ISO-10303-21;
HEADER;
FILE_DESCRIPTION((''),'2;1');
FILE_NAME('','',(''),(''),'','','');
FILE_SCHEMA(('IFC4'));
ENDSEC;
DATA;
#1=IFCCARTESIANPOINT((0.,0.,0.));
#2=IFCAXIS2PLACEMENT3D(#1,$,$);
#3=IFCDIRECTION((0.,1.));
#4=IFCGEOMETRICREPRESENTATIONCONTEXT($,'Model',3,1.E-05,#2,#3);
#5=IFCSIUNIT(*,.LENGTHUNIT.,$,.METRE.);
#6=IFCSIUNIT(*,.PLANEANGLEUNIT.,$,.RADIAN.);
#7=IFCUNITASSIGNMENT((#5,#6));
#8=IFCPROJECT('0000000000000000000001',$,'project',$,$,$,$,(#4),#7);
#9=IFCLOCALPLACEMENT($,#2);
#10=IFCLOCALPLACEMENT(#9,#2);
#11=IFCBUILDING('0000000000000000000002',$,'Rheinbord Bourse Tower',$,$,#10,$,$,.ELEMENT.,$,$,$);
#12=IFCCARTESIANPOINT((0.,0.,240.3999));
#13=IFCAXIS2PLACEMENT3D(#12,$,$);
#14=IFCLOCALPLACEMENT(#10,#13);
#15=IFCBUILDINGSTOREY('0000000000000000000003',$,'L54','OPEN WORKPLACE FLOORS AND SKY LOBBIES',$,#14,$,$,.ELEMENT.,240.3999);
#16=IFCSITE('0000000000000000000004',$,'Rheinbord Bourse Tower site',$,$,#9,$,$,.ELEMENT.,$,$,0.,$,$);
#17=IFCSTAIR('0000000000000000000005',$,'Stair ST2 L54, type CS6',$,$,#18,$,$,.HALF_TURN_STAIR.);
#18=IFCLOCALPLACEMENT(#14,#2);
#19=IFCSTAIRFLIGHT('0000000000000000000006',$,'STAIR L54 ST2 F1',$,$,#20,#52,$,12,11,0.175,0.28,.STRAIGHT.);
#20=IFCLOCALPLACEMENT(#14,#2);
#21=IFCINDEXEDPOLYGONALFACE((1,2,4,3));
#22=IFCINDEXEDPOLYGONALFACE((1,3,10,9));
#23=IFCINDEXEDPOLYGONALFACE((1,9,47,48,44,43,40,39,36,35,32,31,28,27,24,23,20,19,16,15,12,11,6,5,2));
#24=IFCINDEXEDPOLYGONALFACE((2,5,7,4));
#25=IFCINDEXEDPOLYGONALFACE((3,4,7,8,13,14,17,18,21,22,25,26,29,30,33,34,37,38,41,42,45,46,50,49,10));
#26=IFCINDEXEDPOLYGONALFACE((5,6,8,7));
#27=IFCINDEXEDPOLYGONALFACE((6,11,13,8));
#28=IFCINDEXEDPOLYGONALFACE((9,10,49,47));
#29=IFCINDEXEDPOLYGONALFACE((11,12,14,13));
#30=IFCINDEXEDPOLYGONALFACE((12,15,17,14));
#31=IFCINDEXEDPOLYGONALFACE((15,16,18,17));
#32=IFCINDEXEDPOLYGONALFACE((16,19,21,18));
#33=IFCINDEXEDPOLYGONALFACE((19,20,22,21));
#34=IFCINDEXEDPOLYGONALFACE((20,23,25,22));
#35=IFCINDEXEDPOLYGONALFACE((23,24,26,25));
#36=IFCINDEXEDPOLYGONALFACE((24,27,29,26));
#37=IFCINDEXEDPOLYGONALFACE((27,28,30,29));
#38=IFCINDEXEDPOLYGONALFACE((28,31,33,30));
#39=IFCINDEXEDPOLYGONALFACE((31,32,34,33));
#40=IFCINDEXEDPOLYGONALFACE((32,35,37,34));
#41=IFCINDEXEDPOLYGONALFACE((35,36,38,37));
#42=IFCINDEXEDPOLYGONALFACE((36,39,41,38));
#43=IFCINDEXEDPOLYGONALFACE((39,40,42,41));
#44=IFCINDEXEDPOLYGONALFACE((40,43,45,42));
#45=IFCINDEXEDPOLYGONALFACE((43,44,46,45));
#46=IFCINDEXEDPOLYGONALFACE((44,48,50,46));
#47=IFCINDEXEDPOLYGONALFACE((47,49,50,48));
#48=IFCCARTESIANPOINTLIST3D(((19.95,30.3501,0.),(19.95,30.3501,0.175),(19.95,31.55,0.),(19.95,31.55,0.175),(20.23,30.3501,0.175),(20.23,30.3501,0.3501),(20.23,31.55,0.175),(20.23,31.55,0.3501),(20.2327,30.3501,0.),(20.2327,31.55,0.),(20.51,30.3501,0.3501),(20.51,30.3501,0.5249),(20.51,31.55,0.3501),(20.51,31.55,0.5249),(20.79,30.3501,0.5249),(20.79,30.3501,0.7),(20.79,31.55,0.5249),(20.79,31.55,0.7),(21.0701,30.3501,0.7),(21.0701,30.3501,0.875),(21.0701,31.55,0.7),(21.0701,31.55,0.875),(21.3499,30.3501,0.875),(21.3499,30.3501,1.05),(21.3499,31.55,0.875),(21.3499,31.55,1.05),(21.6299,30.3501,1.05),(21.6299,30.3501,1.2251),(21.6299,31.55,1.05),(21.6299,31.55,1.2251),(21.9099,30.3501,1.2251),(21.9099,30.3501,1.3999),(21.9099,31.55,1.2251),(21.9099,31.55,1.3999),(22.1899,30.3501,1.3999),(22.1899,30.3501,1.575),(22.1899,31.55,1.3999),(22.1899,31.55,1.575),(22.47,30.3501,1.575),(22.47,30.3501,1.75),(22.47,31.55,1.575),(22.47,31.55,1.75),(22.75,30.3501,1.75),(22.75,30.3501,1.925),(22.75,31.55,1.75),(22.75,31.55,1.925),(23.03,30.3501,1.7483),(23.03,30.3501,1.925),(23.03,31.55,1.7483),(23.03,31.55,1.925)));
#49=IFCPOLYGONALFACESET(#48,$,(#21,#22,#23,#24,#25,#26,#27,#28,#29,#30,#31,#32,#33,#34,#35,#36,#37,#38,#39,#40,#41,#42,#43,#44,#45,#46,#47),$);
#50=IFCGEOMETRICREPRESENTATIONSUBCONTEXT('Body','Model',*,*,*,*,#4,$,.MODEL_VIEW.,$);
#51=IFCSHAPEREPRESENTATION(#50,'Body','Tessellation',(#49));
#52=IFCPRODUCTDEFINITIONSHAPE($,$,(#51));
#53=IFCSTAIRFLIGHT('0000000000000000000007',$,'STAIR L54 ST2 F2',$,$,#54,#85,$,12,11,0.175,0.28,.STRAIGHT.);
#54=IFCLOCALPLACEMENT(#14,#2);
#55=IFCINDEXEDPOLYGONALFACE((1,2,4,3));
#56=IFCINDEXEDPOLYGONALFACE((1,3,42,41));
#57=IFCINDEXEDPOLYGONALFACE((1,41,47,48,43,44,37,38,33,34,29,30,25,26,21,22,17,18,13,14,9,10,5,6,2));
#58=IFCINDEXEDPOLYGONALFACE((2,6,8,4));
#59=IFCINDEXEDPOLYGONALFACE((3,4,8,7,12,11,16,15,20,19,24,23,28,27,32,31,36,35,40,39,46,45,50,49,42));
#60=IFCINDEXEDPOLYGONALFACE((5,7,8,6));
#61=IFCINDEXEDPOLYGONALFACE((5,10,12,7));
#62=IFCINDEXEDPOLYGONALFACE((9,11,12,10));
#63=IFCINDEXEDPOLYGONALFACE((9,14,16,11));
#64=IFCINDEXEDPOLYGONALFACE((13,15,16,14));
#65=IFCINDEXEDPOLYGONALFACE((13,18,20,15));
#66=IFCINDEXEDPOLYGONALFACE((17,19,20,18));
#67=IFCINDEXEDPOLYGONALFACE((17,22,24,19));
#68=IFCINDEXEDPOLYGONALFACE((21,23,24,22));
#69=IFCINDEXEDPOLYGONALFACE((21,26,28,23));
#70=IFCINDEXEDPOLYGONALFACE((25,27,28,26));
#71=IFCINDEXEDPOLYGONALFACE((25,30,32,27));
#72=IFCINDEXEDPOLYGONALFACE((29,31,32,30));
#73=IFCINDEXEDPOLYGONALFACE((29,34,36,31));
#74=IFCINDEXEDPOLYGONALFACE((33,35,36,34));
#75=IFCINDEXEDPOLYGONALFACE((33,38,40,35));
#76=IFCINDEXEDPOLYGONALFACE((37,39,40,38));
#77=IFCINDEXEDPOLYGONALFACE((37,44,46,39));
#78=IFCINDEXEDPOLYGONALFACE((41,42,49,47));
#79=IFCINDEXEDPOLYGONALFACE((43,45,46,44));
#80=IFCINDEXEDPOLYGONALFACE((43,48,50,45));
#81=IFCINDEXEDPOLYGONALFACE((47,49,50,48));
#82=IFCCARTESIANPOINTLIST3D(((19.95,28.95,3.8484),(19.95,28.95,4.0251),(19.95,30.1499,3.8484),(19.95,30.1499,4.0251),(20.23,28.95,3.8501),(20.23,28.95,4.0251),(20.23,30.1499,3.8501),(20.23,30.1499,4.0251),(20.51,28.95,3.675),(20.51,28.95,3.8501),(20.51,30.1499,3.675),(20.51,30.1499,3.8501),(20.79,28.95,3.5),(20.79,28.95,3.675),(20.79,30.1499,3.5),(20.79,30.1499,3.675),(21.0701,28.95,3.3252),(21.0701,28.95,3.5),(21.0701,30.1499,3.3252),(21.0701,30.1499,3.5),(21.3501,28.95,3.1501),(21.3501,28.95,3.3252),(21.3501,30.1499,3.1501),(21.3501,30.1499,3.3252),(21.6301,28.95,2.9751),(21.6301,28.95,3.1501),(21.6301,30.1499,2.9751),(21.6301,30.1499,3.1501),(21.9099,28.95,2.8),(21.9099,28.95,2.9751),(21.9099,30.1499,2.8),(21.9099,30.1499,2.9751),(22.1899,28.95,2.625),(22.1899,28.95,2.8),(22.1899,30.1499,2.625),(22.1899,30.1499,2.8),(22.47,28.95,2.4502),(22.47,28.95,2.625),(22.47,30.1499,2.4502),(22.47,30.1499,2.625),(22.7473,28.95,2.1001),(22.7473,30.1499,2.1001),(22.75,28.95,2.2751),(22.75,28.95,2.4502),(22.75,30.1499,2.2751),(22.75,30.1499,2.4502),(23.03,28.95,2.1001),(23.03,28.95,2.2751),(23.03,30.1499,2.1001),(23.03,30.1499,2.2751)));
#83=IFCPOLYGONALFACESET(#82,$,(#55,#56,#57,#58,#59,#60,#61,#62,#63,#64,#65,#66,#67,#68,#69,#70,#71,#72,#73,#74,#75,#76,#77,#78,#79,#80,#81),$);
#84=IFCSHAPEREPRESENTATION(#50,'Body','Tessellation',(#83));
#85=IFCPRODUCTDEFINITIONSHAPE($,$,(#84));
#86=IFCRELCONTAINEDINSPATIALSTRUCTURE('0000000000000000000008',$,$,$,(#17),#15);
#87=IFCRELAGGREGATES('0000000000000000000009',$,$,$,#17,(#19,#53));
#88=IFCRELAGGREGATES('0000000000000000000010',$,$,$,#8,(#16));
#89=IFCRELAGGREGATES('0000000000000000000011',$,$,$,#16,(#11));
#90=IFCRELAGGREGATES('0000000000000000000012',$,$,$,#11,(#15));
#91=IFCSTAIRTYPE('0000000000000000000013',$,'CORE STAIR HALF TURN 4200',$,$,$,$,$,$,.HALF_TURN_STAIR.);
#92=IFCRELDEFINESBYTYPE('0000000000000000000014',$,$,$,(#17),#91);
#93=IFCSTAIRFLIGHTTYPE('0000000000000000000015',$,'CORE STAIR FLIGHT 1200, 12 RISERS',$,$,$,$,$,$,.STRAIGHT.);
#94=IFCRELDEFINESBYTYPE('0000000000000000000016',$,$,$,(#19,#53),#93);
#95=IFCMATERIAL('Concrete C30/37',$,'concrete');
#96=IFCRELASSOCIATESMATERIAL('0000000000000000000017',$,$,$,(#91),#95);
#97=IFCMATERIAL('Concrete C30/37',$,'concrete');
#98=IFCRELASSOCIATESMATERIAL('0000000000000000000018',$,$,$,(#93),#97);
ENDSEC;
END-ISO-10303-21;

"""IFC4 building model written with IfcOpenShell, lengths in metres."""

from ifc_helpers import new_model, si_unit, direction, frame, origin, place, context, subcontext, project, spatial, polyline, outline, extrude, material, type_object, element, aggregate, save


model = new_model("IFC4")

# Units and contexts
model_context = context("Model", 3, precision=1e-05, world=origin(), true_north=direction((0.0, 1.0)))
body_context = subcontext(model_context, "Body", "Model", "MODEL_VIEW")
ifc_project = project(units=[si_unit("LENGTHUNIT", "METRE"), si_unit("PLANEANGLEUNIT", "RADIAN")], contexts=[model_context])

# Site, building, storey
site_placement = place(None, origin())
site = spatial("IfcSite", under=ifc_project, at=site_placement, Name="Rheinbord Bourse Tower site", CompositionType="ELEMENT", RefElevation=0.0)
building_placement = place(site_placement, origin())
building = spatial("IfcBuilding", under=site, at=building_placement, Name="Rheinbord Bourse Tower", CompositionType="ELEMENT")
storey_placement = place(building_placement, frame((0.0, 0.0, 240.3999)))
storey = spatial("IfcBuildingStorey", under=building, at=storey_placement, Name="L54", Description="OPEN WORKPLACE FLOORS AND SKY LOBBIES", CompositionType="ELEMENT", Elevation=240.3999)

# Stair, stair flights
ifc_material_1 = material(Name="Concrete C30/37", Category="concrete")
stair_type = type_object("IfcStairType", Name="CORE STAIR HALF TURN 4200", PredefinedType="HALF_TURN_STAIR", material=ifc_material_1)
stair_placement = place(storey_placement, origin())
stair = element("IfcStair", 1, at=stair_placement, inside=storey, type_object=stair_type, Name="Stair ST2 L54, type CS6", PredefinedType="HALF_TURN_STAIR")
ifc_material_2 = material(Name="Concrete C30/37", Category="concrete")
stair_flight_type = type_object("IfcStairFlightType", Name="CORE STAIR FLIGHT 1200, 12 RISERS", PredefinedType="STRAIGHT", material=ifc_material_2)
stair_flight_1_placement = place(storey_placement, frame((19.95, 30.95, 0.0), z_axis=(0.0, 0.0, 1.0), x_axis=(1.0, 0.0, 0.0)))
stair_flight_1 = element("IfcStairFlight", 2, at=stair_flight_1_placement, type_object=stair_flight_type, Name="STAIR L54 ST2 F1", NumberOfRisers=12, NumberOfTreads=11, PredefinedType="STRAIGHT", RiserHeight=0.175, TreadLength=0.28, context=body_context, shape_type="SweptSolid", body=[
    extrude(outline(polyline([(0.0, 0.0), (0.0, 0.175), (0.28, 0.175), (0.28, 0.3501), (0.5601, 0.3501), (0.5601, 0.5249), (0.8401, 0.5249), (0.8401, 0.7), (1.1201, 0.7), (1.1201, 0.875), (1.3999, 0.875), (1.3999, 1.05), (1.6799, 1.05), (1.6799, 1.2251), (1.96, 1.2251), (1.96, 1.3999), (2.24, 1.3999), (2.24, 1.575), (2.52, 1.575), (2.52, 1.75), (2.8, 1.75), (2.8, 1.925), (3.0801, 1.925), (3.0801, 2.1001), (3.0801, 1.7483), (0.2827, 0.0), (0.0, 0.0)])), frame((0.0, 0.6001, 0.0), z_axis=(0.0, -1.0, 0.0), x_axis=(1.0, 0.0, 0.0)), (0.0, 0.0, 1.0), 1.2),
])
stair_flight_2_placement = place(storey_placement, frame((23.03, 29.55, 2.1001), z_axis=(0.0, 0.0, 1.0), x_axis=(-1.0, 0.0, 0.0)))
stair_flight_2 = element("IfcStairFlight", 3, at=stair_flight_2_placement, type_object=stair_flight_type, Name="STAIR L54 ST2 F2", NumberOfRisers=12, NumberOfTreads=11, PredefinedType="STRAIGHT", RiserHeight=0.175, TreadLength=0.28, context=body_context, shape_type="SweptSolid", body=[
    extrude(outline(polyline([(0.0, 0.0), (0.0, 0.175), (0.28, 0.175), (0.28, 0.3501), (0.5601, 0.3501), (0.5601, 0.5249), (0.8401, 0.5249), (0.8401, 0.7), (1.1201, 0.7), (1.1201, 0.875), (1.3999, 0.875), (1.3999, 1.05), (1.6799, 1.05), (1.6799, 1.2251), (1.96, 1.2251), (1.96, 1.3999), (2.24, 1.3999), (2.24, 1.575), (2.52, 1.575), (2.52, 1.75), (2.8, 1.75), (2.8, 1.925), (3.0801, 1.925), (3.0801, 2.1001), (3.0801, 1.7483), (0.2827, 0.0), (0.0, 0.0)])), frame((0.0, 0.6001, 0.0), z_axis=(0.0, -1.0, 0.0), x_axis=(1.0, 0.0, 0.0)), (0.0, 0.0, 1.0), 1.2),
])
aggregate(stair, [stair_flight_1, stair_flight_2])

save(model, "model.ifc")
